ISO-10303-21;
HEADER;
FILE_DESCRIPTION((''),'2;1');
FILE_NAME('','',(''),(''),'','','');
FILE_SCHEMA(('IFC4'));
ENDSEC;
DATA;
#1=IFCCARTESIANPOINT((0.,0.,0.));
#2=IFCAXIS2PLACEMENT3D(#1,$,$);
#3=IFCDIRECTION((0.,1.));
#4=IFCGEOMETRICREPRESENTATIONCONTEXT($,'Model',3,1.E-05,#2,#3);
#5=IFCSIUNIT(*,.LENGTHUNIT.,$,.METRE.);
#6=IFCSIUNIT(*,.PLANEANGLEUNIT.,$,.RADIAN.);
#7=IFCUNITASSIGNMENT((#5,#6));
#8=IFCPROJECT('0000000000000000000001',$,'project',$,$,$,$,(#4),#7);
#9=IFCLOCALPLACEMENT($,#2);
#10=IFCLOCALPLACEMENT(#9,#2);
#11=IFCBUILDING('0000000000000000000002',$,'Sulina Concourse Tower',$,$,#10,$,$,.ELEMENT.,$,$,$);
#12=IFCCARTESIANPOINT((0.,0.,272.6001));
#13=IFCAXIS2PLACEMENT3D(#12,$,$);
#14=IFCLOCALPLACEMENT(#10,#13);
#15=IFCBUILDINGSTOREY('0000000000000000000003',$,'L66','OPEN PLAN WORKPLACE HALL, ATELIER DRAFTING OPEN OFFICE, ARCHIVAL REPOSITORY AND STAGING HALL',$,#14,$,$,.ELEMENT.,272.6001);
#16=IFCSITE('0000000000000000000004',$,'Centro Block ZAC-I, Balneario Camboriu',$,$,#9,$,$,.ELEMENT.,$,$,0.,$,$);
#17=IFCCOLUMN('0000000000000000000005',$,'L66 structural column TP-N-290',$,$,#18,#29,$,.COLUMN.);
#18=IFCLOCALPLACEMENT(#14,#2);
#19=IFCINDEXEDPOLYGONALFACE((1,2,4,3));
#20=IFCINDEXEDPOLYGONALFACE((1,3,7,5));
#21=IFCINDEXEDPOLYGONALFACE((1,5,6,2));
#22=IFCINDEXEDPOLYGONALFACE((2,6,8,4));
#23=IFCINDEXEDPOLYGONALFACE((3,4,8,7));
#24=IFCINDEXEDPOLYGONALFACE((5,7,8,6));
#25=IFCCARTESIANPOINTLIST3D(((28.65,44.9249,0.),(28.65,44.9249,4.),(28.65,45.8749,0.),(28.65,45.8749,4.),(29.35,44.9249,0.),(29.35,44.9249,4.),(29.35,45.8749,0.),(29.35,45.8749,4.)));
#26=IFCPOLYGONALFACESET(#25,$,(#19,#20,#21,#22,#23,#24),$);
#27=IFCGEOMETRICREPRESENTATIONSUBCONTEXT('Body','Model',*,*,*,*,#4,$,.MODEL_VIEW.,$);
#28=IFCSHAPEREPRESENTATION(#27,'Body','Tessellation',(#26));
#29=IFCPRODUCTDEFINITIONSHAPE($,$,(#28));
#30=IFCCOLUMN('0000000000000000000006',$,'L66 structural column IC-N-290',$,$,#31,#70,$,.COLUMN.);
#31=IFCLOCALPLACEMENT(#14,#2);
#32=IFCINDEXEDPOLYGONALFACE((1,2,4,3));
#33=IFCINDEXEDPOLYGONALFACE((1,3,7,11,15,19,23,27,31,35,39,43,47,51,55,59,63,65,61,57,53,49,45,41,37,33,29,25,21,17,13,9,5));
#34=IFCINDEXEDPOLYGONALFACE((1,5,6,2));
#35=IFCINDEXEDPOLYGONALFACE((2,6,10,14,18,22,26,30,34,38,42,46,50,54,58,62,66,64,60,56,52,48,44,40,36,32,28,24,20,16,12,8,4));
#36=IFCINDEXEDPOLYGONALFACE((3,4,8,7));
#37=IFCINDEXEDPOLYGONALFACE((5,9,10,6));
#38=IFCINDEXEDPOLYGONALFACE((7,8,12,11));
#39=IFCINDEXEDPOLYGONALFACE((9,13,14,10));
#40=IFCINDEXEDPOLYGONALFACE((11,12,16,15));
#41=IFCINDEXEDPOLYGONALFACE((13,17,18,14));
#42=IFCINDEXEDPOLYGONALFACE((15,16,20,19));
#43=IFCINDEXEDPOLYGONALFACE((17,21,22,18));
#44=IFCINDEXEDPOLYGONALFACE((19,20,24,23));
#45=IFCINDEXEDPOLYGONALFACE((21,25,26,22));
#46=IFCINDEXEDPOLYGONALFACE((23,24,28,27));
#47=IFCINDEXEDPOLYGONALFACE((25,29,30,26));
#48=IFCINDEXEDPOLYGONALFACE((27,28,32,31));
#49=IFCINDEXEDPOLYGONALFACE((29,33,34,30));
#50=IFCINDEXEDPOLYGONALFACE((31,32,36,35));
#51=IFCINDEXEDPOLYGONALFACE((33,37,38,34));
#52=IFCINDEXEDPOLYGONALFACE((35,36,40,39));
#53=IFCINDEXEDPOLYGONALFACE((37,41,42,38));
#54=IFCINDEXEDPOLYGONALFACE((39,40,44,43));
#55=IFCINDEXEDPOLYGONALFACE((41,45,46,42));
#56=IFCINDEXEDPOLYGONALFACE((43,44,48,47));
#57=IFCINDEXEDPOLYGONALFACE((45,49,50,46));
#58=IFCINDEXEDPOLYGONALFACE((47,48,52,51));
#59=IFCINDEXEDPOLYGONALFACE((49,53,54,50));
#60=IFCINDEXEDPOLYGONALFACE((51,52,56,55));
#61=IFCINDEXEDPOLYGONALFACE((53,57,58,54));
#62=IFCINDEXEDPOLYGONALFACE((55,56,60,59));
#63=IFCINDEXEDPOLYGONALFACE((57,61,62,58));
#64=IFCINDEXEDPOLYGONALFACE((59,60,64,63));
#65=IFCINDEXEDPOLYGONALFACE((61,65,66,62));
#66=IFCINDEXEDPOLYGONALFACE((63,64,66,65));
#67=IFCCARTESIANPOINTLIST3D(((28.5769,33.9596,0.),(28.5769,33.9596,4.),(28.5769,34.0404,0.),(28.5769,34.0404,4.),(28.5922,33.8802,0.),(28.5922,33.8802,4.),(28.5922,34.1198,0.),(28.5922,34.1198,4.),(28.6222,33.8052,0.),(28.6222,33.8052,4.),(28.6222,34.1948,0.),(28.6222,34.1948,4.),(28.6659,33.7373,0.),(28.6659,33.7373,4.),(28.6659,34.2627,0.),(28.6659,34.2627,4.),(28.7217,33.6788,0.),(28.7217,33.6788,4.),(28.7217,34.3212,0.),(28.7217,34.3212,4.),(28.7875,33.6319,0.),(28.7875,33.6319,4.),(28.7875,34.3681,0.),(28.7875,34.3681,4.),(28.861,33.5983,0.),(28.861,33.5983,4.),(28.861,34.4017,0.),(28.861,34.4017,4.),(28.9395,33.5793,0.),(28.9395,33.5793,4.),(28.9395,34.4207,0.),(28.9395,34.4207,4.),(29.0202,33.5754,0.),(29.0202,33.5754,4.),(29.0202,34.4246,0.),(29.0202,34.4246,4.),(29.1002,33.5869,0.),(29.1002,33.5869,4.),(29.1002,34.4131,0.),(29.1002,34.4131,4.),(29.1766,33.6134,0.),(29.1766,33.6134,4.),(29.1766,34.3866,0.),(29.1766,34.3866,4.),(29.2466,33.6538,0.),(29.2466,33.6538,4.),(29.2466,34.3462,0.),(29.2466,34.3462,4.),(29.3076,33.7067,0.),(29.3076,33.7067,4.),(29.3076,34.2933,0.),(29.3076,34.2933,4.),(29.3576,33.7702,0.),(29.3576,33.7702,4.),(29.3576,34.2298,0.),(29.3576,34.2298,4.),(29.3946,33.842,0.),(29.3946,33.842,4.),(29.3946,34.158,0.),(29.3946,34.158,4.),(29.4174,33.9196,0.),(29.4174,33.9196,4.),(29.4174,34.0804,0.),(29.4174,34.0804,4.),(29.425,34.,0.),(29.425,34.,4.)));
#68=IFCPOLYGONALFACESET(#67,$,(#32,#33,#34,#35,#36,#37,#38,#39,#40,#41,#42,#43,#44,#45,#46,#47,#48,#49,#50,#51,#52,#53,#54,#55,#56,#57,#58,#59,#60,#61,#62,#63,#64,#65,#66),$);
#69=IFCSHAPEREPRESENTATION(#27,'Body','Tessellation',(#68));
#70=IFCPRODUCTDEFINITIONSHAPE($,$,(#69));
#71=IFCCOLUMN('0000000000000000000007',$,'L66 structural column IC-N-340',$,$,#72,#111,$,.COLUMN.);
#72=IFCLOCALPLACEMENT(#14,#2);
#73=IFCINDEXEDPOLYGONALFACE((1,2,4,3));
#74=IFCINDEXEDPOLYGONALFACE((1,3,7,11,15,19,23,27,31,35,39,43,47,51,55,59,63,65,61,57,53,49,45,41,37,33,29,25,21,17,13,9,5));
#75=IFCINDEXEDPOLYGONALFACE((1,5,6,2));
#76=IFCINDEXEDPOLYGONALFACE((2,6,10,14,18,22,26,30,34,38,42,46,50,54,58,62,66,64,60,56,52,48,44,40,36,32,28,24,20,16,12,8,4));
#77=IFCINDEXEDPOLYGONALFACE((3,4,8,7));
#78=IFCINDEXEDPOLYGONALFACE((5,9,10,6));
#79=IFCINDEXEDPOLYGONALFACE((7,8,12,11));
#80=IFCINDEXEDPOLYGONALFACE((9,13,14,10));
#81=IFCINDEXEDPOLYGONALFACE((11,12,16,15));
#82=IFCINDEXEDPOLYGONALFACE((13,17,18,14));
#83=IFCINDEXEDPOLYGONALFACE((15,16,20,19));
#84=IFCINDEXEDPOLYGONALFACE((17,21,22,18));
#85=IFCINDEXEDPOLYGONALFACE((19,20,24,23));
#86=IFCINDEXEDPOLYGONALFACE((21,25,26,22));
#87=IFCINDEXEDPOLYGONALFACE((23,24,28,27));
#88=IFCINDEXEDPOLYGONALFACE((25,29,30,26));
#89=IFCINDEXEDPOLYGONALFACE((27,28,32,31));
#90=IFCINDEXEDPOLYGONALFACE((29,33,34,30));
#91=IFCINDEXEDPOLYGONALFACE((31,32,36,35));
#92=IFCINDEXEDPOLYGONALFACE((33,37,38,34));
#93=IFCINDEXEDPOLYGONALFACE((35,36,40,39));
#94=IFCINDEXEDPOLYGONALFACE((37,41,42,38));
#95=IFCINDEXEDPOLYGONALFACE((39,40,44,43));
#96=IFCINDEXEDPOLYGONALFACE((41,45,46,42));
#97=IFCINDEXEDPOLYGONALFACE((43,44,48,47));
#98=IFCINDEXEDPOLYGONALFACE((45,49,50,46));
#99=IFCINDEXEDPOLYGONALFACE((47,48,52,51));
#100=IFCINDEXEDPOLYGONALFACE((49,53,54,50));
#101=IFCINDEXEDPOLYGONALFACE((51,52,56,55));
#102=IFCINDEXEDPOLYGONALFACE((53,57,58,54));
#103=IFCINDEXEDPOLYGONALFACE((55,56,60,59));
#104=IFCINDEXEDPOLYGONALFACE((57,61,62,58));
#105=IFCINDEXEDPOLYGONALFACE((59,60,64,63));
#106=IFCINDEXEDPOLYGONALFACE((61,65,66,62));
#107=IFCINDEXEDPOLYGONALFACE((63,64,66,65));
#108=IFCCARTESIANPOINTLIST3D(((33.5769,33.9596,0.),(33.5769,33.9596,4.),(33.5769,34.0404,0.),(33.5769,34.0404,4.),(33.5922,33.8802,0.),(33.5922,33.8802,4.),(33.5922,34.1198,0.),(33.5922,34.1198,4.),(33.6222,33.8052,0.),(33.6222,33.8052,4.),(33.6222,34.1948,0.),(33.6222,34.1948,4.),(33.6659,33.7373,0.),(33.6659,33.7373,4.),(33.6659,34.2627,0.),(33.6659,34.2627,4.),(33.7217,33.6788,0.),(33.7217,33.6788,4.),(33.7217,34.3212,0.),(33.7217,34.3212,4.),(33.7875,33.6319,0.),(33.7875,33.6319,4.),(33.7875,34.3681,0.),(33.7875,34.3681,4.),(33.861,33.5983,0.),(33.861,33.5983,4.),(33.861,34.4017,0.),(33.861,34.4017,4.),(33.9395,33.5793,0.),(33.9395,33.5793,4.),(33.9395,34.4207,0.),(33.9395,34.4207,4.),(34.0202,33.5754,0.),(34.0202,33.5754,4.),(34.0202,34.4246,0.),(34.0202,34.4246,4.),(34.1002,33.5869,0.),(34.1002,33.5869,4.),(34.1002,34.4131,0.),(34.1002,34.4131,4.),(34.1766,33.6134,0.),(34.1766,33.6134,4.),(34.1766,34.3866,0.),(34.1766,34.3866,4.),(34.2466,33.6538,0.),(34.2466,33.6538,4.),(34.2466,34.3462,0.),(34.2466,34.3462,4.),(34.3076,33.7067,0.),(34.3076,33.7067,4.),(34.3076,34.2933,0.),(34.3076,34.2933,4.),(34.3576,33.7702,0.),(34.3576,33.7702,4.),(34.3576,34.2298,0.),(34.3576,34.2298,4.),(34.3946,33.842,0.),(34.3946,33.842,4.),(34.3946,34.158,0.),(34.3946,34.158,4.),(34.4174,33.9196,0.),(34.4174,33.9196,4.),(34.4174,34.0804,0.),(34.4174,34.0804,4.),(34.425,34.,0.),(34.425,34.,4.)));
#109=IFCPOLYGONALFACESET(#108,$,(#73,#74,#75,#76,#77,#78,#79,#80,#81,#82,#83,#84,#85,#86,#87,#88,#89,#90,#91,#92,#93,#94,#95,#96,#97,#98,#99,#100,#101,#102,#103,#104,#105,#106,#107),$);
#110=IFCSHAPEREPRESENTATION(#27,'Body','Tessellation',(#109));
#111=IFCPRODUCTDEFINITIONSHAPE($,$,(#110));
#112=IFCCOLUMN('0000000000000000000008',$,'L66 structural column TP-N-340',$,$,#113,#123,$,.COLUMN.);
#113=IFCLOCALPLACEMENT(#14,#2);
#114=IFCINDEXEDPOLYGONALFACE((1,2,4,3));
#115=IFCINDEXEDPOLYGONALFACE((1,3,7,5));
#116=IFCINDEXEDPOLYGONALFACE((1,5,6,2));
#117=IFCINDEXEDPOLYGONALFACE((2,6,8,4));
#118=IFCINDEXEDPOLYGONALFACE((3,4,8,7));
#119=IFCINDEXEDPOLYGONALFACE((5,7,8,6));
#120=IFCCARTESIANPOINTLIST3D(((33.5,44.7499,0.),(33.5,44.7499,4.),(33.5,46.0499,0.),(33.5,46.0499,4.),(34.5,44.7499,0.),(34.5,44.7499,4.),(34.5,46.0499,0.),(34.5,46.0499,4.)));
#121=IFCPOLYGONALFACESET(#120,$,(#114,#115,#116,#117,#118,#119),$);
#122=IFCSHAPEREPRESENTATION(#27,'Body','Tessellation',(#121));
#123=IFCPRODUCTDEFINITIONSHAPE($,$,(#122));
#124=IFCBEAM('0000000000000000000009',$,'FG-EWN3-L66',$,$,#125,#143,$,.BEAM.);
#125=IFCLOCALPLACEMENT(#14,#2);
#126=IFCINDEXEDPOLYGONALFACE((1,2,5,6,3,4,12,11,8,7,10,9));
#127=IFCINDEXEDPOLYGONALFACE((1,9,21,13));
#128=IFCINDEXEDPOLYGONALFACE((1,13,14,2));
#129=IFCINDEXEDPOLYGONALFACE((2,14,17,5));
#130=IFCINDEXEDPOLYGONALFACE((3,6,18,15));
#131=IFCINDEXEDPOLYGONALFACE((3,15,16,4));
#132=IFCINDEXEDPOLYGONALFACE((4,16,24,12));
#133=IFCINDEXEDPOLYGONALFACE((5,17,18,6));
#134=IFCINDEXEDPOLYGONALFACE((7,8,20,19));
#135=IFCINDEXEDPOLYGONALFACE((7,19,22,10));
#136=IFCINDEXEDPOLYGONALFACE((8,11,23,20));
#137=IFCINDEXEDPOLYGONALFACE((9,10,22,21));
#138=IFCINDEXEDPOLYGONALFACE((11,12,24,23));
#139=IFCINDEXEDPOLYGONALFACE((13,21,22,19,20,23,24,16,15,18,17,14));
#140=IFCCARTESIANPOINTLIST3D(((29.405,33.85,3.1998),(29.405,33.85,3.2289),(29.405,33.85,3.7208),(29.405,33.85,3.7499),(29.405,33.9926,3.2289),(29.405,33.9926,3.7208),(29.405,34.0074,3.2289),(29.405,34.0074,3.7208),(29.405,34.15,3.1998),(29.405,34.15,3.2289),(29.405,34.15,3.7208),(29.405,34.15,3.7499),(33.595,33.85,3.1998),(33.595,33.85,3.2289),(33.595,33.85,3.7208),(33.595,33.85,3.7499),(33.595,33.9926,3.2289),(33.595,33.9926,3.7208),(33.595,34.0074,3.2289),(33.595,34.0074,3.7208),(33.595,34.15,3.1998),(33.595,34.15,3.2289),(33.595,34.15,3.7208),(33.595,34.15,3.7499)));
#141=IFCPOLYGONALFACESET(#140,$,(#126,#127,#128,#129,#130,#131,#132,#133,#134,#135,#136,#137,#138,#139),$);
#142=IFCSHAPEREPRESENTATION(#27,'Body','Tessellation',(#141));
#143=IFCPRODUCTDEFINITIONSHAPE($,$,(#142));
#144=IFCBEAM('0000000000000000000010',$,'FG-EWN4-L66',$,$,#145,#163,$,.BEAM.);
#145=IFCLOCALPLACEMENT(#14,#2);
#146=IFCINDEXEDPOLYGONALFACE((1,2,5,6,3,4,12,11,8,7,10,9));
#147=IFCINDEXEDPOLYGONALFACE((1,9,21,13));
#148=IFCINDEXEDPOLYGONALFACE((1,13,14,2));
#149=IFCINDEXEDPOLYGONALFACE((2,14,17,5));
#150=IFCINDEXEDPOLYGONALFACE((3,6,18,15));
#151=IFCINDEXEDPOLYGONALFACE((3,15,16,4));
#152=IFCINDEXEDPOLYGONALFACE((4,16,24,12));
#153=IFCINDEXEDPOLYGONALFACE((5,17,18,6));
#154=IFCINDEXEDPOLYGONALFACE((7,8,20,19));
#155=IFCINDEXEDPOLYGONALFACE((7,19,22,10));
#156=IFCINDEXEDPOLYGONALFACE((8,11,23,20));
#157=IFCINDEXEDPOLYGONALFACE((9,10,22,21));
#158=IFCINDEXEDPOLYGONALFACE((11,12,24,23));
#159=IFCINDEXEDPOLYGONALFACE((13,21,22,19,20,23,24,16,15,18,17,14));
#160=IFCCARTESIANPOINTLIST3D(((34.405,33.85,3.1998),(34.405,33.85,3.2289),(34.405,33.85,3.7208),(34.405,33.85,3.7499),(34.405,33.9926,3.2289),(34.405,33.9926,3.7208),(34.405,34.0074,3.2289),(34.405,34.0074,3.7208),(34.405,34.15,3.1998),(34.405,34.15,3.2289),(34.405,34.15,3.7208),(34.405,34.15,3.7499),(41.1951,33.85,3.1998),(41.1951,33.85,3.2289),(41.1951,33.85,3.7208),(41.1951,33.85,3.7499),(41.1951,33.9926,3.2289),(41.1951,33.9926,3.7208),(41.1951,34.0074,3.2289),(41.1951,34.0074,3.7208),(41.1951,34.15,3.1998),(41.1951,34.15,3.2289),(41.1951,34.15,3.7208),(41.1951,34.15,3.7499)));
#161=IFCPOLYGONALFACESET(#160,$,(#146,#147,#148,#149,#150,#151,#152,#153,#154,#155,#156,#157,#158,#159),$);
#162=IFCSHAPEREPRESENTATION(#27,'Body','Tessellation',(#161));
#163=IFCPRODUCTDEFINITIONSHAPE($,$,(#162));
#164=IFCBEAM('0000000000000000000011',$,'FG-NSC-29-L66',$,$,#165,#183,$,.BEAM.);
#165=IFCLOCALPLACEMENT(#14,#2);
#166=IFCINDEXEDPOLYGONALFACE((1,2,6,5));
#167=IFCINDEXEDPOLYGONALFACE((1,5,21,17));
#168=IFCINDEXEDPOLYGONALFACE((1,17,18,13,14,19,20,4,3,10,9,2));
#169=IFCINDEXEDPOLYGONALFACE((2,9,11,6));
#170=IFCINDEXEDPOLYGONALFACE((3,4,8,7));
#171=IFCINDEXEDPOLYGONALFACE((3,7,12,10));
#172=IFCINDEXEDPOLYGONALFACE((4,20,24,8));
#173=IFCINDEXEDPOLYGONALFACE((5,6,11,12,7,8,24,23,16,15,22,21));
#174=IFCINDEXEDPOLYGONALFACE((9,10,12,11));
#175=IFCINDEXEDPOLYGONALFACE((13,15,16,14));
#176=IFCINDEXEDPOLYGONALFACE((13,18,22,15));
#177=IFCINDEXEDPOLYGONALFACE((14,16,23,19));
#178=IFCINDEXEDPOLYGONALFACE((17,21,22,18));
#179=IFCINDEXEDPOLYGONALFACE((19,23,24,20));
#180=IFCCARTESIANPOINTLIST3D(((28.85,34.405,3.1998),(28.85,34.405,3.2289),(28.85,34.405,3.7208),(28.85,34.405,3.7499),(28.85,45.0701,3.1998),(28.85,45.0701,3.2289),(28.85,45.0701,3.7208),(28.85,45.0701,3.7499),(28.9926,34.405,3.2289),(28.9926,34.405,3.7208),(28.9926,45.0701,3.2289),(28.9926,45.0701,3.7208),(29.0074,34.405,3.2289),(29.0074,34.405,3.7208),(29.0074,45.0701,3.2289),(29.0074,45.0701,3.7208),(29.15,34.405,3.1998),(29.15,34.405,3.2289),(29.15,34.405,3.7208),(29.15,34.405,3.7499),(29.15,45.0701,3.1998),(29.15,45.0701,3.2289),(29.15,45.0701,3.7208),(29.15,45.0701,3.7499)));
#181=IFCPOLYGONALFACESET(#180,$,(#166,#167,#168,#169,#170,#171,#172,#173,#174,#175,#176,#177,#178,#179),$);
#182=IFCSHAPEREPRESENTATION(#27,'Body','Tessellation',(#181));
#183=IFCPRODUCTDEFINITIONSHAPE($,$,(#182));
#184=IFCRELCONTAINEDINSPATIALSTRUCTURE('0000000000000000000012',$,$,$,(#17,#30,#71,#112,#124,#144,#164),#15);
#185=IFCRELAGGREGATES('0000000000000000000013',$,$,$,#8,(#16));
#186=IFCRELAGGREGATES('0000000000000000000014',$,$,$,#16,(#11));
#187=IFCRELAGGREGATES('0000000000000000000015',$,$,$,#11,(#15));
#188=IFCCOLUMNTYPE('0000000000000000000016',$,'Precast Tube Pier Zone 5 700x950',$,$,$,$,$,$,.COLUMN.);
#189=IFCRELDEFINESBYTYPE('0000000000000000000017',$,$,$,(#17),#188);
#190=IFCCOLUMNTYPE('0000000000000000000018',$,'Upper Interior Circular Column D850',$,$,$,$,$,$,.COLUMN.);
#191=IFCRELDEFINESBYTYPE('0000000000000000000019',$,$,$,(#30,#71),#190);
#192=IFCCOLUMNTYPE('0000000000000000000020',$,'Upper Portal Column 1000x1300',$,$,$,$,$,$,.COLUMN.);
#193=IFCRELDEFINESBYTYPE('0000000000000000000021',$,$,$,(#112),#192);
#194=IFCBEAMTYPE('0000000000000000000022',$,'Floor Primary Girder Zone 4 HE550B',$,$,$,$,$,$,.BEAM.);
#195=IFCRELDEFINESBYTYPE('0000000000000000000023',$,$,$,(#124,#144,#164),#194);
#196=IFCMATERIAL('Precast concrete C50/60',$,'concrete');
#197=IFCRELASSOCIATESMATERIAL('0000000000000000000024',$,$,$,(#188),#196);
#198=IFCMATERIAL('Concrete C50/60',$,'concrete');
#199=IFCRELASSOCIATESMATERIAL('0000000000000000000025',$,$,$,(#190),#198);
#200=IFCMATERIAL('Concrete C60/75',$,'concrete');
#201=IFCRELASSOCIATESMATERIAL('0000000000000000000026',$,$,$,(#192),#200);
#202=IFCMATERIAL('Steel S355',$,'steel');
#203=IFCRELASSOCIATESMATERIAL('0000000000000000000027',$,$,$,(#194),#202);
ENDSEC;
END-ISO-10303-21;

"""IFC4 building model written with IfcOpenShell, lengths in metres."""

from ifc_helpers import new_model, si_unit, direction, frame, origin, origin_2d, place, context, subcontext, project, spatial, rectangle, circle, i_section, extrude, material, material_profile, profile_set, type_object, element, save


model = new_model("IFC4")

# Units and contexts
model_context = context("Model", 3, precision=1e-05, world=origin(), true_north=direction((0.0, 1.0)))
body_context = subcontext(model_context, "Body", "Model", "MODEL_VIEW")
ifc_project = project(units=[si_unit("LENGTHUNIT", "METRE"), si_unit("PLANEANGLEUNIT", "RADIAN")], contexts=[model_context])

# Site, building, storey
site_placement = place(None, origin())
site = spatial("IfcSite", under=ifc_project, at=site_placement, Name="Centro Block ZAC-I, Balneario Camboriu", CompositionType="ELEMENT", RefElevation=0.0)
building_placement = place(site_placement, origin())
building = spatial("IfcBuilding", under=site, at=building_placement, Name="Sulina Concourse Tower", CompositionType="ELEMENT")
storey_placement = place(building_placement, frame((0.0, 0.0, 272.6001)))
storey = spatial("IfcBuildingStorey", under=building, at=storey_placement, Name="L66", Description="OPEN PLAN WORKPLACE HALL, ATELIER DRAFTING OPEN OFFICE, ARCHIVAL REPOSITORY AND STAGING HALL", CompositionType="ELEMENT", Elevation=272.6001)

# Columns
ifc_material_1 = material(Name="Precast concrete C50/60", Category="concrete")
ifc_material_profile_1 = material_profile(ifc_material_1, rectangle(XDim=0.7, YDim=0.95, at=origin_2d()), Name="PC 700x950")
ifc_profile_set_1 = profile_set([ifc_material_profile_1], Name="Precast concrete C50/60")
column_type_1 = type_object("IfcColumnType", Name="Precast Tube Pier Zone 5 700x950", PredefinedType="COLUMN", material=ifc_profile_set_1)
column_1_placement = place(storey_placement, frame((29.0, 45.3999, 0.0), z_axis=(0.0, 0.0, 1.0), x_axis=(1.0, 0.0, 0.0)))
element("IfcColumn", 1, at=column_1_placement, inside=storey, type_object=column_type_1, Name="L66 structural column TP-N-290", PredefinedType="COLUMN", context=body_context, shape_type="SweptSolid", body=[
    extrude(rectangle(XDim=0.7, YDim=0.95, at=origin_2d()), origin(), (0.0, 0.0, 1.0), 4.0),
])
ifc_material_2 = material(Name="Concrete C50/60", Category="concrete")
ifc_material_profile_2 = material_profile(ifc_material_2, circle(Radius=0.425, at=origin_2d()), Name="RC D850")
ifc_profile_set_2 = profile_set([ifc_material_profile_2], Name="Concrete C50/60")
column_type_2 = type_object("IfcColumnType", Name="Upper Interior Circular Column D850", PredefinedType="COLUMN", material=ifc_profile_set_2)
for number, where, z_axis, x_axis, name in (
    (2, (29.0, 34.0, 0.0), (0.0, 0.0, 1.0), (1.0, 0.0, 0.0), "L66 structural column IC-N-290"),
    (3, (34.0, 34.0, 0.0), (0.0, 0.0, 1.0), (1.0, 0.0, 0.0), "L66 structural column IC-N-340"),
):
    element("IfcColumn", number, at=place(storey_placement, frame(where, z_axis=z_axis, x_axis=x_axis)), inside=storey, type_object=column_type_2, Name=name, PredefinedType="COLUMN", context=body_context, shape_type="SweptSolid", body=[
        extrude(circle(Radius=0.425, at=origin_2d()), origin(), (0.0, 0.0, 1.0), 4.0),
    ])
ifc_material_3 = material(Name="Concrete C60/75", Category="concrete")
ifc_material_profile_3 = material_profile(ifc_material_3, rectangle(XDim=1.0, YDim=1.3, at=origin_2d()), Name="RC 1000x1300")
ifc_profile_set_3 = profile_set([ifc_material_profile_3], Name="Concrete C60/75")
column_type_3 = type_object("IfcColumnType", Name="Upper Portal Column 1000x1300", PredefinedType="COLUMN", material=ifc_profile_set_3)
column_2_placement = place(storey_placement, frame((34.0, 45.3999, 0.0), z_axis=(0.0, 0.0, 1.0), x_axis=(1.0, 0.0, 0.0)))
element("IfcColumn", 4, at=column_2_placement, inside=storey, type_object=column_type_3, Name="L66 structural column TP-N-340", PredefinedType="COLUMN", context=body_context, shape_type="SweptSolid", body=[
    extrude(rectangle(XDim=1.0, YDim=1.3, at=origin_2d()), origin(), (0.0, 0.0, 1.0), 4.0),
])

# Beams
ifc_material_4 = material(Name="Steel S355", Category="steel")
ifc_material_profile_4 = material_profile(ifc_material_4, i_section(OverallWidth=0.3, OverallDepth=0.55, WebThickness=0.0149, FlangeThickness=0.0291, at=origin_2d()), Name="HE 550 B")
ifc_profile_set_4 = profile_set([ifc_material_profile_4], Name="Steel S355")
beam_type_1 = type_object("IfcBeamType", Name="Floor Primary Girder Zone 4 HE550B", PredefinedType="BEAM", material=ifc_profile_set_4)
beam_1_placement = place(storey_placement, frame((29.405, 34.0, 3.4749), z_axis=(1.0, 0.0, 0.0), x_axis=(0.0, 1.0, 0.0)))
element("IfcBeam", 5, at=beam_1_placement, inside=storey, type_object=beam_type_1, Name="FG-EWN3-L66", PredefinedType="BEAM", context=body_context, shape_type="SweptSolid", body=[
    extrude(i_section(OverallWidth=0.3, OverallDepth=0.55, WebThickness=0.0149, FlangeThickness=0.0291, at=origin_2d()), origin(), (0.0, 0.0, 1.0), 4.1899),
])
beam_2_placement = place(storey_placement, frame((34.405, 34.0, 3.4749), z_axis=(1.0, 0.0, 0.0), x_axis=(0.0, 1.0, 0.0)))
element("IfcBeam", 6, at=beam_2_placement, inside=storey, type_object=beam_type_1, Name="FG-EWN4-L66", PredefinedType="BEAM", context=body_context, shape_type="SweptSolid", body=[
    extrude(i_section(OverallWidth=0.3, OverallDepth=0.55, WebThickness=0.0149, FlangeThickness=0.0291, at=origin_2d()), origin(), (0.0, 0.0, 1.0), 6.79),
])
beam_3_placement = place(storey_placement, frame((29.0, 34.405, 3.4749), z_axis=(0.0, 1.0, 0.0), x_axis=(-1.0, 0.0, 0.0)))
element("IfcBeam", 7, at=beam_3_placement, inside=storey, type_object=beam_type_1, Name="FG-NSC-29-L66", PredefinedType="BEAM", context=body_context, shape_type="SweptSolid", body=[
    extrude(i_section(OverallWidth=0.3, OverallDepth=0.55, WebThickness=0.0149, FlangeThickness=0.0291, at=origin_2d()), origin(), (0.0, 0.0, 1.0), 10.665),
])

save(model, "model.ifc")
